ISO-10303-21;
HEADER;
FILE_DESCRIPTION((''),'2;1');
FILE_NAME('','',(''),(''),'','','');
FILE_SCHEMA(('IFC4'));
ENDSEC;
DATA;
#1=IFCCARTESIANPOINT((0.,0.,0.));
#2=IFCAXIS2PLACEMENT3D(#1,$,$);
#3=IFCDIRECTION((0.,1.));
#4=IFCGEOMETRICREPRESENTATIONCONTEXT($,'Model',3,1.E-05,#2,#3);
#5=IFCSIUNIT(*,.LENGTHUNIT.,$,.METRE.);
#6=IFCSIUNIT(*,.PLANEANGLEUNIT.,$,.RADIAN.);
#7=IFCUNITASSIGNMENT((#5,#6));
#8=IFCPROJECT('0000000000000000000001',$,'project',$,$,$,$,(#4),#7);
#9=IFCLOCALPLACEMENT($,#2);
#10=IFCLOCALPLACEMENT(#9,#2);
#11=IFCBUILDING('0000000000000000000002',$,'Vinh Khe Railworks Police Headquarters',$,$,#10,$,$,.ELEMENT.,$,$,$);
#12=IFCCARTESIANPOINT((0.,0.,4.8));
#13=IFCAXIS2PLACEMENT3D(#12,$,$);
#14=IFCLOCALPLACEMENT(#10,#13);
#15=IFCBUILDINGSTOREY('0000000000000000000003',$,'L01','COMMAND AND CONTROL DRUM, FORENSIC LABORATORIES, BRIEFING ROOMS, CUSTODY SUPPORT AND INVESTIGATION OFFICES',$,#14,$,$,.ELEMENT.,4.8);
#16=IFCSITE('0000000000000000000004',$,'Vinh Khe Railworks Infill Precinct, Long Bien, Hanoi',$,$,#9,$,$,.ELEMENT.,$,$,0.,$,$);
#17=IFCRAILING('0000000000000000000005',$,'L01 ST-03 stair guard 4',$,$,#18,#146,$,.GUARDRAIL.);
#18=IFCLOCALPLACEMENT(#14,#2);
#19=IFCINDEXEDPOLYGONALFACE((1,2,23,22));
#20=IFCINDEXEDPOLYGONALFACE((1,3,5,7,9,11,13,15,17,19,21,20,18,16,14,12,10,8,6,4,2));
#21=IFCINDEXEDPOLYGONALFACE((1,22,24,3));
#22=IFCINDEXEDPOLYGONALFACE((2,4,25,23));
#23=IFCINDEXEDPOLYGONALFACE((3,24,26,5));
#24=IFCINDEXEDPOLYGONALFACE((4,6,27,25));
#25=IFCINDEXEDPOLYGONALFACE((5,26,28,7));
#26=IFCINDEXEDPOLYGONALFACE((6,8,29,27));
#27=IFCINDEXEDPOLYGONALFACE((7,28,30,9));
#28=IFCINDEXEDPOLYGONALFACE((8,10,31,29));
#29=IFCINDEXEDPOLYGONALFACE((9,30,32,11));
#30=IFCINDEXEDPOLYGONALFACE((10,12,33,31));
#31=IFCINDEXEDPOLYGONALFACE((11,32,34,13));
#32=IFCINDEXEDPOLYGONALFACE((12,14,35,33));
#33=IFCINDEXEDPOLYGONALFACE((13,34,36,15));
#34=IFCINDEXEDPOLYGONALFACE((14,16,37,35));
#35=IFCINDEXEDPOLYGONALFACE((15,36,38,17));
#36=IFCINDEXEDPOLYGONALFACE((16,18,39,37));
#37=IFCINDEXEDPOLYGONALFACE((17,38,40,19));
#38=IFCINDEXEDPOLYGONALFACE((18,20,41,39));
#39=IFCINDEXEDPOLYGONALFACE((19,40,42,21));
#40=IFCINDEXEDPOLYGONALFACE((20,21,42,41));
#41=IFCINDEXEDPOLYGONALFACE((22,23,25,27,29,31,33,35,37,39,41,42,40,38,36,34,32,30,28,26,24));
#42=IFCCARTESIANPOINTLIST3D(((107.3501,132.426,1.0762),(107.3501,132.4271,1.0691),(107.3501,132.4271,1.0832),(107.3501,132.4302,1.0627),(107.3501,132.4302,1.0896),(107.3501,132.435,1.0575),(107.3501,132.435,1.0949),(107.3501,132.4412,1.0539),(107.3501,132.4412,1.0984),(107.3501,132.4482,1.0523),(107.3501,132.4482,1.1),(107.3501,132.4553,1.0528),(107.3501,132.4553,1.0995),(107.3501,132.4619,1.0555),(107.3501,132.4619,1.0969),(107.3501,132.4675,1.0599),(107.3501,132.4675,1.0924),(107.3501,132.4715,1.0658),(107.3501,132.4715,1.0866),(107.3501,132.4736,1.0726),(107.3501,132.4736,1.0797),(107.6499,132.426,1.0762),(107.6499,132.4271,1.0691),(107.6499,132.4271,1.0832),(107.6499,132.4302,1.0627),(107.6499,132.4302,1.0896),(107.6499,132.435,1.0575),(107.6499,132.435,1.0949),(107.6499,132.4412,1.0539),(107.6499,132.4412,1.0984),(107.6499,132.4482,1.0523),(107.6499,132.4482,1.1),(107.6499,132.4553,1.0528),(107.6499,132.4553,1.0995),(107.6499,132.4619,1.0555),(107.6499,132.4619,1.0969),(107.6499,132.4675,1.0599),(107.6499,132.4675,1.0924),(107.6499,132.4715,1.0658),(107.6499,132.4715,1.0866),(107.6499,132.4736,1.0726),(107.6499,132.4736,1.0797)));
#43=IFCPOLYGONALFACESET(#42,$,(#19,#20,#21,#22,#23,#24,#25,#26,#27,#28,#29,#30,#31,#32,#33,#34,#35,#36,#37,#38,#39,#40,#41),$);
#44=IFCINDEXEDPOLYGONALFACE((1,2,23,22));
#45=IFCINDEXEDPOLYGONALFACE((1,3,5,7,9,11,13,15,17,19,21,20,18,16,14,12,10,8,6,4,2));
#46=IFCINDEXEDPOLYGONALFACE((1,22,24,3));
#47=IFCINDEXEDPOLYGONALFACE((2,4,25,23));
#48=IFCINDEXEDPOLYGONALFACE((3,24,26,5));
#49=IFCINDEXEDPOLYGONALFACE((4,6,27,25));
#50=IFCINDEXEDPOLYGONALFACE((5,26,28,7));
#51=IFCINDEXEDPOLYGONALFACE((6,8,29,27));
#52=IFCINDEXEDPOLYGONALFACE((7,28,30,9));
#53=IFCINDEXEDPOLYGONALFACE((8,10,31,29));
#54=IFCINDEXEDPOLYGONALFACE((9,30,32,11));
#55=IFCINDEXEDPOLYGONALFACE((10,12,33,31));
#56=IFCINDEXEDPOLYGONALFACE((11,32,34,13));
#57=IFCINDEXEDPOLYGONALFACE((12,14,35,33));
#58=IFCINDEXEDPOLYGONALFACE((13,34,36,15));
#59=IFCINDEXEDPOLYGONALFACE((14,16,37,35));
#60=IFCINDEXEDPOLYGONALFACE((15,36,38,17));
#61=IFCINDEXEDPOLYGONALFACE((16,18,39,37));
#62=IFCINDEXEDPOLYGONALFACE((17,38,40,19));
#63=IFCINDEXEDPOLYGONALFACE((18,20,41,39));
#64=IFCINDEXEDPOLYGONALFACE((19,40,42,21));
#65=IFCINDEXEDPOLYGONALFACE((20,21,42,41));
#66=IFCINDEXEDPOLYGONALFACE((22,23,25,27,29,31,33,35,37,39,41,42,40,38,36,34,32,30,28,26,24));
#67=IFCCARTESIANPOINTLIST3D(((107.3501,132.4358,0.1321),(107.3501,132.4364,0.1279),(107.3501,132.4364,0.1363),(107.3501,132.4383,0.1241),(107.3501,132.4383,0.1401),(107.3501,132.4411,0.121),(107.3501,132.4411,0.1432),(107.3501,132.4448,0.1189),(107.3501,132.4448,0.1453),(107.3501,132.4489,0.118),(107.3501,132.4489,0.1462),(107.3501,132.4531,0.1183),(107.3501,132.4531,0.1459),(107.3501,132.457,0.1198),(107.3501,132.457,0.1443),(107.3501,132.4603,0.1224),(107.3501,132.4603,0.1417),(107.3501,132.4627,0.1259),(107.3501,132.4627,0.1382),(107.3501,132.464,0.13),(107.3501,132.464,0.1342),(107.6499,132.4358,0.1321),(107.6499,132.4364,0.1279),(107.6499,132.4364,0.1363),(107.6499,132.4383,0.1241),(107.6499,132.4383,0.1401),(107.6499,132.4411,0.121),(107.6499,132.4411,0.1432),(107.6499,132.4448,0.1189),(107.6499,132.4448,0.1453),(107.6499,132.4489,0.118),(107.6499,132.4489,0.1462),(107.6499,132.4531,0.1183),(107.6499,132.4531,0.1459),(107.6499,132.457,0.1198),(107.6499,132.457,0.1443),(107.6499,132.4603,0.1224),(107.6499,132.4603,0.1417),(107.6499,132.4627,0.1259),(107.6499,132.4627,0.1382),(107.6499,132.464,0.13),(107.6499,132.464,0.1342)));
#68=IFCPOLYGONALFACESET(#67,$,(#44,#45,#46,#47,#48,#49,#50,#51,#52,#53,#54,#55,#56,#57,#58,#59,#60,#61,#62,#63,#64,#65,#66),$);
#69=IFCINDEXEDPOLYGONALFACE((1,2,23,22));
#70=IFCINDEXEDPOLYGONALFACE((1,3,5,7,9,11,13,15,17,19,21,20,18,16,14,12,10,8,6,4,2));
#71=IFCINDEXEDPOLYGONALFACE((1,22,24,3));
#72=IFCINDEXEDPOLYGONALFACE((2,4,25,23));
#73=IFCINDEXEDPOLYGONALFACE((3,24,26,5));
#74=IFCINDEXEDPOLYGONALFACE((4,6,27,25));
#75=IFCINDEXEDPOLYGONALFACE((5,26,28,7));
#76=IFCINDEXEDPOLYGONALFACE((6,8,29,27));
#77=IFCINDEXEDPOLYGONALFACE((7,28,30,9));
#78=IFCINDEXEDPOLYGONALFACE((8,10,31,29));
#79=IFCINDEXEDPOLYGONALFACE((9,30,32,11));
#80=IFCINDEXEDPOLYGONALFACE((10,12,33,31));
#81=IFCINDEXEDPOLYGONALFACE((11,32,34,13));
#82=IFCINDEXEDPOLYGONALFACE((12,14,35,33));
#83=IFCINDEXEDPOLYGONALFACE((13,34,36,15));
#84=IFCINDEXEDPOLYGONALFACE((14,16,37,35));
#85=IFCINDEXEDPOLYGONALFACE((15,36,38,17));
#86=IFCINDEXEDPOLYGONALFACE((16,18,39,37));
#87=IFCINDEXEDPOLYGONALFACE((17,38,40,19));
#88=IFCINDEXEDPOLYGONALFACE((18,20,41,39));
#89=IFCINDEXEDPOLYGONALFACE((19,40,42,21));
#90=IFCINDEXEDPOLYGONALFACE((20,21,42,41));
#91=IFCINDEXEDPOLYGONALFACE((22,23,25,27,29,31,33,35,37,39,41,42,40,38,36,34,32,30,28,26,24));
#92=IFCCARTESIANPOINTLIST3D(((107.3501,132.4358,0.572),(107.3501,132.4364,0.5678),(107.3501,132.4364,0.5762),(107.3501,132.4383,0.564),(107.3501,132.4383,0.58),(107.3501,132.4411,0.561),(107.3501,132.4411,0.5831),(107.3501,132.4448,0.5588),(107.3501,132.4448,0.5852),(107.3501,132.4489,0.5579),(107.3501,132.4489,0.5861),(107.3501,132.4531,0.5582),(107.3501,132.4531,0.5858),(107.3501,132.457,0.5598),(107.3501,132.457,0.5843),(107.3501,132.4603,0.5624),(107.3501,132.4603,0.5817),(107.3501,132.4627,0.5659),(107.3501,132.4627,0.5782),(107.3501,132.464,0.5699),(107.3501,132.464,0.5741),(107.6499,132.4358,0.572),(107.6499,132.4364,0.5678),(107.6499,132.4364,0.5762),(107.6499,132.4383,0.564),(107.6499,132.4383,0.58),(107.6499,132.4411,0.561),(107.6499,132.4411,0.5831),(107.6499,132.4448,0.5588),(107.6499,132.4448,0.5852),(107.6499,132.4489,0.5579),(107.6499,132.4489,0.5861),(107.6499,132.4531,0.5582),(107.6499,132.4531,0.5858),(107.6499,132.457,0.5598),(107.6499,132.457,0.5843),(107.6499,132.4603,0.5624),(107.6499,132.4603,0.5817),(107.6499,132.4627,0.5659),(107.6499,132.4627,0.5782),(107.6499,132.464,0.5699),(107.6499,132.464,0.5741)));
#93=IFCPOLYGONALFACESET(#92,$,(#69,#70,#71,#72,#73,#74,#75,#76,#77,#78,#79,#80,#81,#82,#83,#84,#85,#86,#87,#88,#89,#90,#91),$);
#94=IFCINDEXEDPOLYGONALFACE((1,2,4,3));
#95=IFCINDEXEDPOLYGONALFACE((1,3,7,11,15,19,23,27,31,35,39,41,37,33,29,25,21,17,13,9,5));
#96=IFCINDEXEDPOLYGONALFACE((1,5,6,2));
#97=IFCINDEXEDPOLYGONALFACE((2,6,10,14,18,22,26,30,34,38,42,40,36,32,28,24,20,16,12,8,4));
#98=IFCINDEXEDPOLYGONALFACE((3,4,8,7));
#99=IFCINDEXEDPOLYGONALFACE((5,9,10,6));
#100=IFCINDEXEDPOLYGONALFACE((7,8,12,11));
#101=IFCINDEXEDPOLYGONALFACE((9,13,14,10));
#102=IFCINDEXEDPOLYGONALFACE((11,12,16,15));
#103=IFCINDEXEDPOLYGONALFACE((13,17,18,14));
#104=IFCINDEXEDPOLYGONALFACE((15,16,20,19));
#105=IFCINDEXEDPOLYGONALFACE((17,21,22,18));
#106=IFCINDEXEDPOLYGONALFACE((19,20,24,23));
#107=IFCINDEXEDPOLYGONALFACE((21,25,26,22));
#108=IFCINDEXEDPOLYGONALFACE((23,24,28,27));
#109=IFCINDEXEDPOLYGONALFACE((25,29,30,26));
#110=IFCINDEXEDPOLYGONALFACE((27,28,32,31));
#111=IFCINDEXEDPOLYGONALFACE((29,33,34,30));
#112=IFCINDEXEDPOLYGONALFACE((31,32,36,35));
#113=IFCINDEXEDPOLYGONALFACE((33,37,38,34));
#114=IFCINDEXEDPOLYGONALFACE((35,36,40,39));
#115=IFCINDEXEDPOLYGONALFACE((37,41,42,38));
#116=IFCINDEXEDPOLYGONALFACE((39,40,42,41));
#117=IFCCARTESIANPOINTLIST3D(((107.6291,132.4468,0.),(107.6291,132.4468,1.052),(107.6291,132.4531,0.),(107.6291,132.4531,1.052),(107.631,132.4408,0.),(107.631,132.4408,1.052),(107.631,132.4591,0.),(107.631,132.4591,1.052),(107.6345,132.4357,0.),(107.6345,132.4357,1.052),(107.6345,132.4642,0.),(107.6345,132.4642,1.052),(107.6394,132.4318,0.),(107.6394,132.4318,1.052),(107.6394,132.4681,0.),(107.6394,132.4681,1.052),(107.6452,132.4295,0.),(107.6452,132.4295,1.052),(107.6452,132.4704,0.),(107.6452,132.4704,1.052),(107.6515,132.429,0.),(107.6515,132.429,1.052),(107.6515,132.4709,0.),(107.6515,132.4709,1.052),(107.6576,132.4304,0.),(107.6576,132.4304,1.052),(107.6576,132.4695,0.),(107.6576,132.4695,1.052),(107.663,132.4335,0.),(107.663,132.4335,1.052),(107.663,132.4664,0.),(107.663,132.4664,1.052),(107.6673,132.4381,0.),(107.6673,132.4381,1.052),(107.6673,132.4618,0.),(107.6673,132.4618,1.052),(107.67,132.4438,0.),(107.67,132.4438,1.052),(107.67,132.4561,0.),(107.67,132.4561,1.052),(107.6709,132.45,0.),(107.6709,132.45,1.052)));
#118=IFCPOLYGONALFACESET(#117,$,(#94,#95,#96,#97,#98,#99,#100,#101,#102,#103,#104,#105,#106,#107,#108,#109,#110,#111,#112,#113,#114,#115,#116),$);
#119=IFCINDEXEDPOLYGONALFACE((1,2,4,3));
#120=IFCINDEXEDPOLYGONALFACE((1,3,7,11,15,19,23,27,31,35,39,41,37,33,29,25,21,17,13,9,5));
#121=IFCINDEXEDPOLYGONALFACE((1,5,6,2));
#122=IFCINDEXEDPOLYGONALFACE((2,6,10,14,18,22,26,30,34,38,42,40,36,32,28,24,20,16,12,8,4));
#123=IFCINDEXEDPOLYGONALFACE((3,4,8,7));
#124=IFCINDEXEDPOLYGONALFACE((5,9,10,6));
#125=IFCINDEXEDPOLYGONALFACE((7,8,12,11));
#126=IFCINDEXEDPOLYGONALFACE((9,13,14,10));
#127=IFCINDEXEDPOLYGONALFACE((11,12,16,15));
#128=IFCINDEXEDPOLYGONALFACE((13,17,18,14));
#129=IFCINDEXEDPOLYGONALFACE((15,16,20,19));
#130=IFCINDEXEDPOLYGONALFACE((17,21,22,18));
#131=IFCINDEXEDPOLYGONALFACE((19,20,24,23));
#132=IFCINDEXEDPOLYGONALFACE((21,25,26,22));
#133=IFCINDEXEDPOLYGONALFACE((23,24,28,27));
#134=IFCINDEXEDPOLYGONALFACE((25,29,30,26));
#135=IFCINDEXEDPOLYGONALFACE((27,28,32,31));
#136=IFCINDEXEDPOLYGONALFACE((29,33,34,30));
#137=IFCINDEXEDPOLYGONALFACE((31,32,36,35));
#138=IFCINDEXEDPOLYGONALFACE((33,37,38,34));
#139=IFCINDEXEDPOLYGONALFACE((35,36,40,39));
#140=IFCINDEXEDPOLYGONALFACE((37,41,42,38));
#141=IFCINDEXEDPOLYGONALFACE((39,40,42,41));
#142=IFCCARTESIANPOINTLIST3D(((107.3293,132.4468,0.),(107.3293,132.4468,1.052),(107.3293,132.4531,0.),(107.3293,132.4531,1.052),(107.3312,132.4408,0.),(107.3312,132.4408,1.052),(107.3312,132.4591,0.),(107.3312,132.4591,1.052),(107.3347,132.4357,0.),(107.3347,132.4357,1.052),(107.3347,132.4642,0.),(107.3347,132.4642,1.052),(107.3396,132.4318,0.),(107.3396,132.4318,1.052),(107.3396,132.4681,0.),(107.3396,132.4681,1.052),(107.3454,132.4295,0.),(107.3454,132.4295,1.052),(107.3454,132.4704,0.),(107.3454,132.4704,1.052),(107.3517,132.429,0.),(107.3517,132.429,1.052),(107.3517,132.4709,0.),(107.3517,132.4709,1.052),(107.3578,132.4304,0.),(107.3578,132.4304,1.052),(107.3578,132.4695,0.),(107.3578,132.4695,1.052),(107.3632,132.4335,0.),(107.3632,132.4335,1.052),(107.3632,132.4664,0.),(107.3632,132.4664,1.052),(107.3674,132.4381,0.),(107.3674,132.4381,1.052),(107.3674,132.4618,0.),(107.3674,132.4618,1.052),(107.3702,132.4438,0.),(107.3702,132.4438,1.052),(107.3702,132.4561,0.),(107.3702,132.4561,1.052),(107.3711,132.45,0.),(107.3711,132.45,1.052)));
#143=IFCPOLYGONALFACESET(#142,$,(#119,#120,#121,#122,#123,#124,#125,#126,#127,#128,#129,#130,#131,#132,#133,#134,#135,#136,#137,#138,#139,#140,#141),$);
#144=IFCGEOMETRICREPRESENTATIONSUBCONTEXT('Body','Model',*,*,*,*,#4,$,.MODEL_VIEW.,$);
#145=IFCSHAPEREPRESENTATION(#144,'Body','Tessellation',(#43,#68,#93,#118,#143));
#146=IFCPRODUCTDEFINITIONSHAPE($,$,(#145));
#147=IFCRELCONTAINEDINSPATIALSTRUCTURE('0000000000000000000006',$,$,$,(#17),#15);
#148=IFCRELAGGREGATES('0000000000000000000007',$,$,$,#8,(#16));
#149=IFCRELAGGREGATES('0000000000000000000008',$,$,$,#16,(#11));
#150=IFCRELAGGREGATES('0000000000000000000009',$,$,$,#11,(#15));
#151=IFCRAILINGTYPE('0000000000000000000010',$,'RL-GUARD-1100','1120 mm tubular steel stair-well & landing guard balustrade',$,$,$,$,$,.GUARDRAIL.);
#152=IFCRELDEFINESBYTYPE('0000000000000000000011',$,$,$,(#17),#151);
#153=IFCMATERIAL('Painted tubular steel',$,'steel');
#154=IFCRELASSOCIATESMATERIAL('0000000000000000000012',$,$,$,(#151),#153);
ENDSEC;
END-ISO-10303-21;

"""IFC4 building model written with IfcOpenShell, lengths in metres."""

from ifc_helpers import new_model, si_unit, direction, frame, origin, origin_2d, place, context, subcontext, project, spatial, circle, extrude, material, type_object, element, save


model = new_model("IFC4")

# Units and contexts
model_context = context("Model", 3, precision=1e-05, world=origin(), true_north=direction((0.0, 1.0)))
body_context = subcontext(model_context, "Body", "Model", "MODEL_VIEW")
ifc_project = project(units=[si_unit("LENGTHUNIT", "METRE"), si_unit("PLANEANGLEUNIT", "RADIAN")], contexts=[model_context])

# Site, building, storey
site_placement = place(None, origin())
site = spatial("IfcSite", under=ifc_project, at=site_placement, Name="Vinh Khe Railworks Infill Precinct, Long Bien, Hanoi", CompositionType="ELEMENT", RefElevation=0.0)
building_placement = place(site_placement, origin())
building = spatial("IfcBuilding", under=site, at=building_placement, Name="Vinh Khe Railworks Police Headquarters", CompositionType="ELEMENT")
storey_placement = place(building_placement, frame((0.0, 0.0, 4.8)))
storey = spatial("IfcBuildingStorey", under=building, at=storey_placement, Name="L01", Description="COMMAND AND CONTROL DRUM, FORENSIC LABORATORIES, BRIEFING ROOMS, CUSTODY SUPPORT AND INVESTIGATION OFFICES", CompositionType="ELEMENT", Elevation=4.8)

# Railing
ifc_material_1 = material(Name="Painted tubular steel", Category="steel")
railing_type_1 = type_object("IfcRailingType", Name="RL-GUARD-1100", Description="1120 mm tubular steel stair-well & landing guard balustrade", PredefinedType="GUARDRAIL", material=ifc_material_1)
railing_1_placement = place(storey_placement, frame((107.6499, 132.45, 0.0)))
element("IfcRailing", 1, at=railing_1_placement, inside=storey, type_object=railing_type_1, Name="L01 ST-03 stair guard 4", PredefinedType="GUARDRAIL", context=body_context, shape_type="SweptSolid", body=[
    extrude(circle(Radius=0.0239, at=origin_2d()), frame((0.0, 0.0, 1.0762), z_axis=(-1.0, 0.0, 0.0), x_axis=(0.0, -1.0, 0.0)), (0.0, 0.0, 1.0), 0.2998),
    extrude(circle(Radius=0.0142, at=origin_2d()), frame((0.0, 0.0, 0.1321), z_axis=(-1.0, 0.0, 0.0), x_axis=(0.0, -1.0, 0.0)), (0.0, 0.0, 1.0), 0.2998),
    extrude(circle(Radius=0.0142, at=origin_2d()), frame((0.0, 0.0, 0.572), z_axis=(-1.0, 0.0, 0.0), x_axis=(0.0, -1.0, 0.0)), (0.0, 0.0, 1.0), 0.2998),
    extrude(circle(Radius=0.021, at=origin_2d()), origin(), (0.0, 0.0, 1.0), 1.052),
    extrude(circle(Radius=0.021, at=origin_2d()), frame((-0.2998, 0.0, 0.0)), (0.0, 0.0, 1.0), 1.052),
])

save(model, "model.ifc")
